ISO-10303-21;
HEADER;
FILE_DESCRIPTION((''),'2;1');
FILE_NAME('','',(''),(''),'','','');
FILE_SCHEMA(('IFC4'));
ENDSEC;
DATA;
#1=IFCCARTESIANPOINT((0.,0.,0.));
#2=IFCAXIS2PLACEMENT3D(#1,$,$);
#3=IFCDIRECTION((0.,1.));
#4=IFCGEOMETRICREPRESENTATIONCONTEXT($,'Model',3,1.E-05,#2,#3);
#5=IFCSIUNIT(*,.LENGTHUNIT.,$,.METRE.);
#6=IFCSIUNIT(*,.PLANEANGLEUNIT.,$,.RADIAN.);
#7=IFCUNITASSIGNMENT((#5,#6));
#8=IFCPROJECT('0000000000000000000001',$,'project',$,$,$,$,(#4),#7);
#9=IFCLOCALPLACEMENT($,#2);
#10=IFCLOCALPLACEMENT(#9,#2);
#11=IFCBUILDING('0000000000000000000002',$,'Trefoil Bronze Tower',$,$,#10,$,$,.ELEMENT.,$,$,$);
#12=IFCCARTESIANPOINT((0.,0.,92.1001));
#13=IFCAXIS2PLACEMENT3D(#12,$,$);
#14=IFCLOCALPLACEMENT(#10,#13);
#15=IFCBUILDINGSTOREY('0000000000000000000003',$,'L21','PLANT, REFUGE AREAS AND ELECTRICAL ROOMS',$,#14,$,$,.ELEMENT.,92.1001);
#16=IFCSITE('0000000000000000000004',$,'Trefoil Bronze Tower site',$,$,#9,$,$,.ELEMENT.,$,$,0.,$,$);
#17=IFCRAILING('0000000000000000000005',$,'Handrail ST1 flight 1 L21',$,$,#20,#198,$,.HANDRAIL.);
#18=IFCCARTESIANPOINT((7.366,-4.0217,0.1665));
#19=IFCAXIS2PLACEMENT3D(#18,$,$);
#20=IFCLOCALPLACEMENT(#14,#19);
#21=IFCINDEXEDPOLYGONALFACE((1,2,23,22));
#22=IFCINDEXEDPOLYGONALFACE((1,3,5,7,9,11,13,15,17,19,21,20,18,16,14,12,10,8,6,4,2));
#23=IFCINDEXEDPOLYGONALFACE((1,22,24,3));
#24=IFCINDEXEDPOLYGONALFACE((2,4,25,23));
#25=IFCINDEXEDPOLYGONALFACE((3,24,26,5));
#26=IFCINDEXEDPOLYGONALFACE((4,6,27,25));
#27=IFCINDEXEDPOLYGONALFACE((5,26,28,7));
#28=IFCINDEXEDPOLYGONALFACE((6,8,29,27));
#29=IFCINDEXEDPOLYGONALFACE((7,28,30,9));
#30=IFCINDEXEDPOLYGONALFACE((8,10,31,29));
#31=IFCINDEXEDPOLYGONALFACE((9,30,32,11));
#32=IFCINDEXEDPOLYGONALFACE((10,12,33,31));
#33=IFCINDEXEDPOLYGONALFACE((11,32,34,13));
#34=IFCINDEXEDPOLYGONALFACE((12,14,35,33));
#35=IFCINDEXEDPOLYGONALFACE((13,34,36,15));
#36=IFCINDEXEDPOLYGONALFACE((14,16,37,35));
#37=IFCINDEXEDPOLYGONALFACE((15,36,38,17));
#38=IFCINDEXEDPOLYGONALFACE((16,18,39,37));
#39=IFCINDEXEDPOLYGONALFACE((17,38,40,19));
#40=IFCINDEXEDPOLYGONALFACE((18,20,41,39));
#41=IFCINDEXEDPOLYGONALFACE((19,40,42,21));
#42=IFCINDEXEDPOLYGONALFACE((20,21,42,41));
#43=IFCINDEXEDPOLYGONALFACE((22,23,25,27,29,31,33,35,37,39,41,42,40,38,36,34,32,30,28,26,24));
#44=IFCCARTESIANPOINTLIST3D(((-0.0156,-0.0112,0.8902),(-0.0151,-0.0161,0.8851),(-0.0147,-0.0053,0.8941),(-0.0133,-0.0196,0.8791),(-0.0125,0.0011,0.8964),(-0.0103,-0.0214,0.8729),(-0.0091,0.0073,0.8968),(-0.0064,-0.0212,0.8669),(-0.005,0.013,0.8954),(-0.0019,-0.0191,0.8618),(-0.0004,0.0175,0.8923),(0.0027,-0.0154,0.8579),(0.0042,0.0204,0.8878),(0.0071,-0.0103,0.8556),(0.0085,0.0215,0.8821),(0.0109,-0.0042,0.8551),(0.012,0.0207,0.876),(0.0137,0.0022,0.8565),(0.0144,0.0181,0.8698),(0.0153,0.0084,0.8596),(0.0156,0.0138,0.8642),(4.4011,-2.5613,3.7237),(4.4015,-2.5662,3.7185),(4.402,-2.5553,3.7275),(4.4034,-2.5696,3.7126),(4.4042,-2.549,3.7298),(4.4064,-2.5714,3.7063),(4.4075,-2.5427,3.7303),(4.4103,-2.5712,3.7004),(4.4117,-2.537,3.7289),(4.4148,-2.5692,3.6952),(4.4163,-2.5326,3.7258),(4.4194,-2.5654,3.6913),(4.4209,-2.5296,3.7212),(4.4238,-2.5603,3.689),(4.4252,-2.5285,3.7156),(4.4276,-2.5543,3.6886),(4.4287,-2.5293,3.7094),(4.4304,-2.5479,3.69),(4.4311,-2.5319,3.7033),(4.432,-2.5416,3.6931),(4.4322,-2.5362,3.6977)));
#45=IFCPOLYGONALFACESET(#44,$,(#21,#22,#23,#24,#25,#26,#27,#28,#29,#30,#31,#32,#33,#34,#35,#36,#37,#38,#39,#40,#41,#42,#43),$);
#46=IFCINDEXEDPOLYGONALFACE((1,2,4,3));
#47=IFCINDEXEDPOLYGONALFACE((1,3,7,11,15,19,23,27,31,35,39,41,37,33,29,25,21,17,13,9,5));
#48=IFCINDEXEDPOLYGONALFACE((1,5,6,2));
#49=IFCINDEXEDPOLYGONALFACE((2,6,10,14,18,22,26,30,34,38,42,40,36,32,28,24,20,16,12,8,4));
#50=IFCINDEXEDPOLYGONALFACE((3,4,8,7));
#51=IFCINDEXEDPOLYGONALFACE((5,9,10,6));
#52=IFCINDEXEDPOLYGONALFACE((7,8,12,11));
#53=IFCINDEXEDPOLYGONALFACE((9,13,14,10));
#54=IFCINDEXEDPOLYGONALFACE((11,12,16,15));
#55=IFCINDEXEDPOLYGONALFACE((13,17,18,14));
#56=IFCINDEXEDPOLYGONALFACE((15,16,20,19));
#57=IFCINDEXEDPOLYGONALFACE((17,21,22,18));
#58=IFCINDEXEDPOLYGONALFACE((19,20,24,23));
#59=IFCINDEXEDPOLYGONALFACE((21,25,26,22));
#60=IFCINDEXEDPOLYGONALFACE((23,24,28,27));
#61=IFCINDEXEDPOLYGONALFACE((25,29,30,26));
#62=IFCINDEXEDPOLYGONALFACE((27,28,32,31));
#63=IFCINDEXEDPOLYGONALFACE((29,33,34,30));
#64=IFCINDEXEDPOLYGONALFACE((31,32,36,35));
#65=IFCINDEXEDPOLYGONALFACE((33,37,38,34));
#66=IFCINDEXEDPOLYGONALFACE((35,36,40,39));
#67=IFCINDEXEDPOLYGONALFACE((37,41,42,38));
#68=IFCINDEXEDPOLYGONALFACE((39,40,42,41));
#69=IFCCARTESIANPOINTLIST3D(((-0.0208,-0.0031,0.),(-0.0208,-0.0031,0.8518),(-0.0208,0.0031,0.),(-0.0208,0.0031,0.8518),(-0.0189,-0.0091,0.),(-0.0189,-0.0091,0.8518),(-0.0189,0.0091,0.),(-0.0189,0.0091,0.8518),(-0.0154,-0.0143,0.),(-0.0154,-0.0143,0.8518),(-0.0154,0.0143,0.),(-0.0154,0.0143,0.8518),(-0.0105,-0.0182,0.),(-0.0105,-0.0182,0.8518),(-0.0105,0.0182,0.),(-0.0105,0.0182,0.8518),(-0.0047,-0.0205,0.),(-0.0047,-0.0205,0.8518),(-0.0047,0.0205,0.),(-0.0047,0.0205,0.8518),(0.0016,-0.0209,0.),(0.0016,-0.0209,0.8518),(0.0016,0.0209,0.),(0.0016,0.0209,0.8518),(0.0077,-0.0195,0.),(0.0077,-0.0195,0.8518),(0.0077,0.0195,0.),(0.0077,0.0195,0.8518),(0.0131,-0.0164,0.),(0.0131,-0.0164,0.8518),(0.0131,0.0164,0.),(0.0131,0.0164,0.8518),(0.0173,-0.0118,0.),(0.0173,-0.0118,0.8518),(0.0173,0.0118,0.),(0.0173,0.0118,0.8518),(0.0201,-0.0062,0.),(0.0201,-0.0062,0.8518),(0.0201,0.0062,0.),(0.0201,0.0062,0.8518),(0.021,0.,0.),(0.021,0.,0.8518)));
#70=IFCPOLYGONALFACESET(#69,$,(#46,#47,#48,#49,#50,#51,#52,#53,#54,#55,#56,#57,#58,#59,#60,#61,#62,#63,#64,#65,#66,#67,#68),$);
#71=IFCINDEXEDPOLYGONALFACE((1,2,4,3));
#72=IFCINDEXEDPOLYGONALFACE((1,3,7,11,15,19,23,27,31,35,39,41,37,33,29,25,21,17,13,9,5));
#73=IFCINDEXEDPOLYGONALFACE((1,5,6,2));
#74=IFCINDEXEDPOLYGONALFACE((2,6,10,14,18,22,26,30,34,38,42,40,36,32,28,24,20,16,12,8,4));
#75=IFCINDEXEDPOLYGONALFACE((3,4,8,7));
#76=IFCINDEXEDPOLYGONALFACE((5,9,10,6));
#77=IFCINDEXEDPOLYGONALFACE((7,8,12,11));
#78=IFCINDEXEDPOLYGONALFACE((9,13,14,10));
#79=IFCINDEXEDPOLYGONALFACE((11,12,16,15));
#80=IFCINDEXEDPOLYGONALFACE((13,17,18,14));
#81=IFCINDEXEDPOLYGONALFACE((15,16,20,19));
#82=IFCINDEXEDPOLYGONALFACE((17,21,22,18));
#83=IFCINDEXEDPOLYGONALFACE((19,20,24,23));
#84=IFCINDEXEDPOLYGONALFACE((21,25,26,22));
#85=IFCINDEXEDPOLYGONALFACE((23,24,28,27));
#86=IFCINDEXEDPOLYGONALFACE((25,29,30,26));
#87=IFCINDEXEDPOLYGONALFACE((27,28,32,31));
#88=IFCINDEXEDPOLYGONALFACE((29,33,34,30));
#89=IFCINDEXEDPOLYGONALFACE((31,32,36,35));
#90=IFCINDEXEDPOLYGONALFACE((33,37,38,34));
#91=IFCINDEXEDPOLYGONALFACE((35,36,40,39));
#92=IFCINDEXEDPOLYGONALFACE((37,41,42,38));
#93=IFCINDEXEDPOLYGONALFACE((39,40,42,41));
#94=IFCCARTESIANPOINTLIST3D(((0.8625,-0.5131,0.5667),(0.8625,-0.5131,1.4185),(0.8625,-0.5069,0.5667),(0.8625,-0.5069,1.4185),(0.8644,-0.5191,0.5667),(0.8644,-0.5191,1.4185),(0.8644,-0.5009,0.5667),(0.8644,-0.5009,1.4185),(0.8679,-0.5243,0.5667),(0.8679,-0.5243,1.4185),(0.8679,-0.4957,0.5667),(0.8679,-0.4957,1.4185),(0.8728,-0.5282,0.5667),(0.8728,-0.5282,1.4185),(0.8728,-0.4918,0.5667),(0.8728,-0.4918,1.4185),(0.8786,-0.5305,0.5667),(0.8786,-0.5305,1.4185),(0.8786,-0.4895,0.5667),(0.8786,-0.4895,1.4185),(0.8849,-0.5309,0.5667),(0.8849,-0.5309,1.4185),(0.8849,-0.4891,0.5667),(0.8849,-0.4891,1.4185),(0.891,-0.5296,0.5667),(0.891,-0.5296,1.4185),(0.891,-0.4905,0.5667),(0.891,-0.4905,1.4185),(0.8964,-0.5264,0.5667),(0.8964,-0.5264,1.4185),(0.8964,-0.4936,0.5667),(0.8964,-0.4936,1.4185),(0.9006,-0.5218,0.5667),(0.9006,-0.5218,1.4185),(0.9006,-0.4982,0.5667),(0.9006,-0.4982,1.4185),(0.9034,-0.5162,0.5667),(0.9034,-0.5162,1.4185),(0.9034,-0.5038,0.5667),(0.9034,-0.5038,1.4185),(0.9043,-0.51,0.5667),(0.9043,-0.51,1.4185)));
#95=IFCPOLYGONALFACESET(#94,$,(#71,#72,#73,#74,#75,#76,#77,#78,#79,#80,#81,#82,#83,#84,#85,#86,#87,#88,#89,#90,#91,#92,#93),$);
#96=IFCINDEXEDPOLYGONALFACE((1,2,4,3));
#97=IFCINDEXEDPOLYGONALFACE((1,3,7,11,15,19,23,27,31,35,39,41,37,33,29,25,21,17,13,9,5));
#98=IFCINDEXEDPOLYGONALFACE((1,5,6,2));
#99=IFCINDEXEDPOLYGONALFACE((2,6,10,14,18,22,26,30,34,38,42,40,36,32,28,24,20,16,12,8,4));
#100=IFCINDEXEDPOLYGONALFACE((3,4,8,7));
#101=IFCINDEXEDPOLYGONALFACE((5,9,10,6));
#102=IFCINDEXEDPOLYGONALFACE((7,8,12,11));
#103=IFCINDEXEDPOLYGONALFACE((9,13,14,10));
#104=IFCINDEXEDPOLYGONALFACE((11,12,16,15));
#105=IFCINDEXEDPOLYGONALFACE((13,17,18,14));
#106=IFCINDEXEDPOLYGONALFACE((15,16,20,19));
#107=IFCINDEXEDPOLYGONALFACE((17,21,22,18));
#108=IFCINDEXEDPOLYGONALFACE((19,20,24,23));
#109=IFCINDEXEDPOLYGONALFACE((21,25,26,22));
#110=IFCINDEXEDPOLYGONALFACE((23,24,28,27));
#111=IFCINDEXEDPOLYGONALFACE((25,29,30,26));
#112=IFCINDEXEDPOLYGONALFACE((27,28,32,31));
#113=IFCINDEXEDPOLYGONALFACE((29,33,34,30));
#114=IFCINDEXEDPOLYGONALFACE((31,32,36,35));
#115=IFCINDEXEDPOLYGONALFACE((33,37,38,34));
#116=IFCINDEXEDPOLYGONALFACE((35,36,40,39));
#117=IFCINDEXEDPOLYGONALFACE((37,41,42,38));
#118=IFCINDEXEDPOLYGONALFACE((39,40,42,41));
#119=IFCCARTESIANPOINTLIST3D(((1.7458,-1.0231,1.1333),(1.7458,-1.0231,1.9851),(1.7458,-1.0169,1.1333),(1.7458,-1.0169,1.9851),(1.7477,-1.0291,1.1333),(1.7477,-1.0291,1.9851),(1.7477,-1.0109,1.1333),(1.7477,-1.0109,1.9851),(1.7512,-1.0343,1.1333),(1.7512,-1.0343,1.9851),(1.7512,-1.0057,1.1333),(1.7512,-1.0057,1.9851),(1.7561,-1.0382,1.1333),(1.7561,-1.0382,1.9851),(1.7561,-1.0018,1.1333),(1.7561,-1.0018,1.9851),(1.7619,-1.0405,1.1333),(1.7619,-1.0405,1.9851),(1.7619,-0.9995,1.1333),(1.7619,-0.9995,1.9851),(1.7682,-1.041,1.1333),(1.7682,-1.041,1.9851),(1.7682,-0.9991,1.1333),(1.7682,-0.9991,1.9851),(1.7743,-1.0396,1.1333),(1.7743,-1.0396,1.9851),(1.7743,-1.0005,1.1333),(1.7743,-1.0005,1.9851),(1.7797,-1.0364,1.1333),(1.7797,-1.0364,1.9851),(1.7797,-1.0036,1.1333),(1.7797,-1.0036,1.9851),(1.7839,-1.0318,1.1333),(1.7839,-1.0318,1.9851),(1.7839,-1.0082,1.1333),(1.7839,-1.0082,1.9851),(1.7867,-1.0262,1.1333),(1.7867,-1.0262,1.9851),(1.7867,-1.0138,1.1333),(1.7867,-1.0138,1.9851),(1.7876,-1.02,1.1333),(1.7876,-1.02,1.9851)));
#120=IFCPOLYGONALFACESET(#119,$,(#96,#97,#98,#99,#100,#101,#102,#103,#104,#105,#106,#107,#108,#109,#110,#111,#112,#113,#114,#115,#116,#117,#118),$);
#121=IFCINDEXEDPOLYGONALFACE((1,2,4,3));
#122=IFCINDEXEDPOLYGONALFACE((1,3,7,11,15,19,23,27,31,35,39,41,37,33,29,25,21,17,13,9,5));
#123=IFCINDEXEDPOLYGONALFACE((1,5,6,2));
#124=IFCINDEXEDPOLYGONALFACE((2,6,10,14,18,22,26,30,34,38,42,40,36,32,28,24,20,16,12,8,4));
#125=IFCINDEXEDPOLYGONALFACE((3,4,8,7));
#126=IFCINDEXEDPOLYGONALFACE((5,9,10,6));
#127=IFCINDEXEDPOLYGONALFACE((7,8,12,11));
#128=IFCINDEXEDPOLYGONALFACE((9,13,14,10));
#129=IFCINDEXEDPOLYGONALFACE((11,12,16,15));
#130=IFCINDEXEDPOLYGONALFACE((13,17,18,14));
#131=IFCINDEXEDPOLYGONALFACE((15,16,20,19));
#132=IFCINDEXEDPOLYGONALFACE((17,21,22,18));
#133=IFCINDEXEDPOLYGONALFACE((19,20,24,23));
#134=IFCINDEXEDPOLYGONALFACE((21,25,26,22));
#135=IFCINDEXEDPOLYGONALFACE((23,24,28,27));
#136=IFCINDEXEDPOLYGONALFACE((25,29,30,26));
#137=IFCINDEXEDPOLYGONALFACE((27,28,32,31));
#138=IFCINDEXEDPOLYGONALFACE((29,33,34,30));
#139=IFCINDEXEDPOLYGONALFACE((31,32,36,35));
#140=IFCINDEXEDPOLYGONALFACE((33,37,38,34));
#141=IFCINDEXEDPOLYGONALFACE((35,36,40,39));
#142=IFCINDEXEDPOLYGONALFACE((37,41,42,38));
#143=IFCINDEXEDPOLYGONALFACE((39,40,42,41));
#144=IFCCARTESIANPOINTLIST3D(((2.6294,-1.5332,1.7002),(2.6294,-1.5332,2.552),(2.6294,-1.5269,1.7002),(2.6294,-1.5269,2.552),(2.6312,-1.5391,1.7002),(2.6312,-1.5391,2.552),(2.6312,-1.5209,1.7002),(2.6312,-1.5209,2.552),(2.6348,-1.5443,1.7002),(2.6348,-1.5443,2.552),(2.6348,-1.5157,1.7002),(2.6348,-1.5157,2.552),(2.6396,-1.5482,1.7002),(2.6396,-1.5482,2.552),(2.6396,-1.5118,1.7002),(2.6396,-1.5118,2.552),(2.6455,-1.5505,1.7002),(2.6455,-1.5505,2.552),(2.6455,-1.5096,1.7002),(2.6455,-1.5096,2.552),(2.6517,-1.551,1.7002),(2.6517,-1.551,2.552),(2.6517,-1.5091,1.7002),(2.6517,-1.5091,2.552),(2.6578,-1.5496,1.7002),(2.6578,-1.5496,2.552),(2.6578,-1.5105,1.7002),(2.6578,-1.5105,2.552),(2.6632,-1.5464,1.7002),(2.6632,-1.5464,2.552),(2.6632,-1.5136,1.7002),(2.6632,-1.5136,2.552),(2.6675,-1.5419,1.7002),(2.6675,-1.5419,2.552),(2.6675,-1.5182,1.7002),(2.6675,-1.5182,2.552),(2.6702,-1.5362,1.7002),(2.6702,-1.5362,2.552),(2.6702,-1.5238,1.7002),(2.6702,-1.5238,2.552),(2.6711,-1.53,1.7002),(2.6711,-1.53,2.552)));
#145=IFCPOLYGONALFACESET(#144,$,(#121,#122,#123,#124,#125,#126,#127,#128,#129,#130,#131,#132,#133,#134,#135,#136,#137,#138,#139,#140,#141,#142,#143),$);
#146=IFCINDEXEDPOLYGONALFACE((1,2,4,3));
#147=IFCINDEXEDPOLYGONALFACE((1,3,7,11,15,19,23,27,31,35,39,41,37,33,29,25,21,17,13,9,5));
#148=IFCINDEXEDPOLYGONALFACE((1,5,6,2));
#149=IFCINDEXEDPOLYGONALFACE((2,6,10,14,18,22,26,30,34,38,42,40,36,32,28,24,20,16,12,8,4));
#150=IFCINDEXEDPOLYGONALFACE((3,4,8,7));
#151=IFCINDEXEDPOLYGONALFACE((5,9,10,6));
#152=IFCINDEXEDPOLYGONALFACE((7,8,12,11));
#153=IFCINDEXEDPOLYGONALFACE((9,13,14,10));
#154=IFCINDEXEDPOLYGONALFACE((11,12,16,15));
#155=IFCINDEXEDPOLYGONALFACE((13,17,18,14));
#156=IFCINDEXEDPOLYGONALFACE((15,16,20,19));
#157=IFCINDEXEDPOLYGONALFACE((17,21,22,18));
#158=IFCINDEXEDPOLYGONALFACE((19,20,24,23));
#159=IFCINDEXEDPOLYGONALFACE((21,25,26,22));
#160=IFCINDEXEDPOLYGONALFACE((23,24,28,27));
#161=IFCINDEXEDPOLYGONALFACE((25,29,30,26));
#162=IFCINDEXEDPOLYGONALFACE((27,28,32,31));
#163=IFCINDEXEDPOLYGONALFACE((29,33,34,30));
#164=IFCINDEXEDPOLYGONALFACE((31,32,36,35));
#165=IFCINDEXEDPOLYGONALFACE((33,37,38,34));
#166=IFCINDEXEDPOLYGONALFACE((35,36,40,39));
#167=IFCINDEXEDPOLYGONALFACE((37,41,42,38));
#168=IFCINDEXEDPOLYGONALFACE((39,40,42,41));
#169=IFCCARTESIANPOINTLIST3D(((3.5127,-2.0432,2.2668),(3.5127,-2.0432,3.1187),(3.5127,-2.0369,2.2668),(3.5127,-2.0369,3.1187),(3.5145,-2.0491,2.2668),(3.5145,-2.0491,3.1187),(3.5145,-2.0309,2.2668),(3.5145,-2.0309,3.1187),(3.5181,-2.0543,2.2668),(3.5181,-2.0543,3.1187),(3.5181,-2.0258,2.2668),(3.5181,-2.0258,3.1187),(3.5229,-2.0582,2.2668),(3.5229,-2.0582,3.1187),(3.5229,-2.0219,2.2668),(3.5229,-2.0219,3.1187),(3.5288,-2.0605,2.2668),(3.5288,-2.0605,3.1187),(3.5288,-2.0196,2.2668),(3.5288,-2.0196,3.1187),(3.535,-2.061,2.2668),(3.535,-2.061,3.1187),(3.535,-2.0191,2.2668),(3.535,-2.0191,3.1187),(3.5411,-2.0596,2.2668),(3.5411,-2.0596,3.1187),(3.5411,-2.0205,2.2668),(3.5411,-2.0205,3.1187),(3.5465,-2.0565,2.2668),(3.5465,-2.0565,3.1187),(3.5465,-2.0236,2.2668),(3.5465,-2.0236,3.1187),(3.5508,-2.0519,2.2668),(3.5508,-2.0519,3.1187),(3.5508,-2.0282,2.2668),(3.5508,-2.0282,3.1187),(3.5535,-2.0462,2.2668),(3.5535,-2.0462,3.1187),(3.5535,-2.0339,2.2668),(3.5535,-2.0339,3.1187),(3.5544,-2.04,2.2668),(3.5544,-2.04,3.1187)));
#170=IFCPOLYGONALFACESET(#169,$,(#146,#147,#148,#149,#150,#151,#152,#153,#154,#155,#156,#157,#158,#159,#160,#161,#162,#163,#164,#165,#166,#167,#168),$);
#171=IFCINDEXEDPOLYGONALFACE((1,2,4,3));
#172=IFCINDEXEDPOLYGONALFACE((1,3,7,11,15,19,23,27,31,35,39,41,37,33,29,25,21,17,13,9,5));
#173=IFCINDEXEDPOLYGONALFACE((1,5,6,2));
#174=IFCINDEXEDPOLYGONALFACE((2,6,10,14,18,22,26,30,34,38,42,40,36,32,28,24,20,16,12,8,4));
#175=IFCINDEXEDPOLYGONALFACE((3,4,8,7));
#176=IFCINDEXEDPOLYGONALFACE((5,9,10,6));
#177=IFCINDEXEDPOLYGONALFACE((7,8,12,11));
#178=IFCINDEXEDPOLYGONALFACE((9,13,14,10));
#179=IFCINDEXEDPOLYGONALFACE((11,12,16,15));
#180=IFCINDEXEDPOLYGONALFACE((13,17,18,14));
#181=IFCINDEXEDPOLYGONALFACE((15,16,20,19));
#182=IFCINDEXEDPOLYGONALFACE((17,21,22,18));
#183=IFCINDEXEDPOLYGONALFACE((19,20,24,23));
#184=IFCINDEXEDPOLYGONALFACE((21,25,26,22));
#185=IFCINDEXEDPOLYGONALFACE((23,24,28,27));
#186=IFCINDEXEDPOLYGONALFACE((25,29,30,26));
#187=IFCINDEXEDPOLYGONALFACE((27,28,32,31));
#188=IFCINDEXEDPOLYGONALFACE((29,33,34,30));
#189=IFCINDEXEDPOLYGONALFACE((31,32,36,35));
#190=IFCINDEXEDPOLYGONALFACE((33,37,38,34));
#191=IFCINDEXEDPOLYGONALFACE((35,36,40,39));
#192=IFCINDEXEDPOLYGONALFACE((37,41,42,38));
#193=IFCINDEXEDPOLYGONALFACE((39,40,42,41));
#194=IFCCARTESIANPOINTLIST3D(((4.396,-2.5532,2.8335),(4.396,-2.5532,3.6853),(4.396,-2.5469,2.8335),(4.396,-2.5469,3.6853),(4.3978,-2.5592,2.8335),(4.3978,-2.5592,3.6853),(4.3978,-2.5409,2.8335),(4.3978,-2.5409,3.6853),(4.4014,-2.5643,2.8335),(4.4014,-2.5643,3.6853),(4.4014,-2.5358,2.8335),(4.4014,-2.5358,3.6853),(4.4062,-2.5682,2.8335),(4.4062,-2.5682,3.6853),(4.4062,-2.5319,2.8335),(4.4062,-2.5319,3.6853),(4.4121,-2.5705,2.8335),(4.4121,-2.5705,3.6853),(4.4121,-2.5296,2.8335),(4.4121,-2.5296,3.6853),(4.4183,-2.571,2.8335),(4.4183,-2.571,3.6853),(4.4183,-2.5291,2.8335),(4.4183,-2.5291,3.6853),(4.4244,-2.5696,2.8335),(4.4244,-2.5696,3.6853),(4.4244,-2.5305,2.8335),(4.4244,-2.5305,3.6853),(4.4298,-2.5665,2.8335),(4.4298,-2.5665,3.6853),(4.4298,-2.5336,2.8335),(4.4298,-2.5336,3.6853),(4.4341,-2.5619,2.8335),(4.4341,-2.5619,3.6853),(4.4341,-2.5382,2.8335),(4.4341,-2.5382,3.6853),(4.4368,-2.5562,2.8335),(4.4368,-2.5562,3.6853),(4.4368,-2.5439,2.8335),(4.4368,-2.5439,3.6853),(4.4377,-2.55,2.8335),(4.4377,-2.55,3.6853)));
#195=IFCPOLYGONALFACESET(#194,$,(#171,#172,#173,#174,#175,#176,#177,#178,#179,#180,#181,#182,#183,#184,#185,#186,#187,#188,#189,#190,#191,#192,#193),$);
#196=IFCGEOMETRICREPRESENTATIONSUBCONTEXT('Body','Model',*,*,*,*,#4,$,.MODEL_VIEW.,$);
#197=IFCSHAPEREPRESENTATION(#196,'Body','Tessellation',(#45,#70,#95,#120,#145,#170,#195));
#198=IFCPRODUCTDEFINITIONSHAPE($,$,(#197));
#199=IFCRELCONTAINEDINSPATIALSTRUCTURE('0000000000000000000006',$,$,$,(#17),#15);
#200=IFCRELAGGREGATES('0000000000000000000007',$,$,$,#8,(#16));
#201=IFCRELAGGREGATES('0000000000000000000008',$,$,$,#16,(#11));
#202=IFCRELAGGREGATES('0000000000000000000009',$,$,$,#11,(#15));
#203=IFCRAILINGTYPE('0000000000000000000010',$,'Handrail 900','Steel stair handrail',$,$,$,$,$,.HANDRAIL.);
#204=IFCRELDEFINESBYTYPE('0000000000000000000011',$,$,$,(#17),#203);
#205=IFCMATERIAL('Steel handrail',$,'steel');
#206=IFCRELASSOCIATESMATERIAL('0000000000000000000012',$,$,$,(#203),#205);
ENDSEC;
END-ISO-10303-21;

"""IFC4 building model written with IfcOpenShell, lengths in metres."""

from ifc_helpers import new_model, si_unit, direction, frame, origin, origin_2d, place, context, subcontext, project, spatial, circle, extrude, material, type_object, element, save


model = new_model("IFC4")

# Units and contexts
model_context = context("Model", 3, precision=1e-05, world=origin(), true_north=direction((0.0, 1.0)))
body_context = subcontext(model_context, "Body", "Model", "MODEL_VIEW")
ifc_project = project(units=[si_unit("LENGTHUNIT", "METRE"), si_unit("PLANEANGLEUNIT", "RADIAN")], contexts=[model_context])

# Site, building, storey
site_placement = place(None, origin())
site = spatial("IfcSite", under=ifc_project, at=site_placement, Name="Trefoil Bronze Tower site", CompositionType="ELEMENT", RefElevation=0.0)
building_placement = place(site_placement, origin())
building = spatial("IfcBuilding", under=site, at=building_placement, Name="Trefoil Bronze Tower", CompositionType="ELEMENT")
storey_placement = place(building_placement, frame((0.0, 0.0, 92.1001)))
storey = spatial("IfcBuildingStorey", under=building, at=storey_placement, Name="L21", Description="PLANT, REFUGE AREAS AND ELECTRICAL ROOMS", CompositionType="ELEMENT", Elevation=92.1001)

# Railing
ifc_material_1 = material(Name="Steel handrail", Category="steel")
railing_type = type_object("IfcRailingType", Name="Handrail 900", Description="Steel stair handrail", PredefinedType="HANDRAIL", material=ifc_material_1)
railing_placement = place(storey_placement, frame((7.366, -4.0217, 0.1665)))
element("IfcRailing", 1, at=railing_placement, inside=storey, type_object=railing_type, Name="Handrail ST1 flight 1 L21", PredefinedType="HANDRAIL", context=body_context, shape_type="SweptSolid", body=[
    extrude(circle(Radius=0.0239, at=origin_2d()), frame((0.0, 0.0, 0.876), z_axis=(0.757031, -0.437078, 0.485661), x_axis=(0.500006, 0.866022, 0.0)), (0.0, 0.0, 1.0), 5.8342),
    extrude(circle(Radius=0.021, at=origin_2d()), origin(), (0.0, 0.0, 1.0), 0.8518),
    extrude(circle(Radius=0.021, at=origin_2d()), frame((0.8833, -0.51, 0.5667)), (0.0, 0.0, 1.0), 0.8518),
    extrude(circle(Radius=0.021, at=origin_2d()), frame((1.7666, -1.02, 1.1333)), (0.0, 0.0, 1.0), 0.8518),
    extrude(circle(Radius=0.021, at=origin_2d()), frame((2.6501, -1.53, 1.7002)), (0.0, 0.0, 1.0), 0.8518),
    extrude(circle(Radius=0.021, at=origin_2d()), frame((3.5334, -2.04, 2.2668)), (0.0, 0.0, 1.0), 0.8518),
    extrude(circle(Radius=0.021, at=origin_2d()), frame((4.4167, -2.55, 2.8335)), (0.0, 0.0, 1.0), 0.8518),
])

save(model, "model.ifc")
